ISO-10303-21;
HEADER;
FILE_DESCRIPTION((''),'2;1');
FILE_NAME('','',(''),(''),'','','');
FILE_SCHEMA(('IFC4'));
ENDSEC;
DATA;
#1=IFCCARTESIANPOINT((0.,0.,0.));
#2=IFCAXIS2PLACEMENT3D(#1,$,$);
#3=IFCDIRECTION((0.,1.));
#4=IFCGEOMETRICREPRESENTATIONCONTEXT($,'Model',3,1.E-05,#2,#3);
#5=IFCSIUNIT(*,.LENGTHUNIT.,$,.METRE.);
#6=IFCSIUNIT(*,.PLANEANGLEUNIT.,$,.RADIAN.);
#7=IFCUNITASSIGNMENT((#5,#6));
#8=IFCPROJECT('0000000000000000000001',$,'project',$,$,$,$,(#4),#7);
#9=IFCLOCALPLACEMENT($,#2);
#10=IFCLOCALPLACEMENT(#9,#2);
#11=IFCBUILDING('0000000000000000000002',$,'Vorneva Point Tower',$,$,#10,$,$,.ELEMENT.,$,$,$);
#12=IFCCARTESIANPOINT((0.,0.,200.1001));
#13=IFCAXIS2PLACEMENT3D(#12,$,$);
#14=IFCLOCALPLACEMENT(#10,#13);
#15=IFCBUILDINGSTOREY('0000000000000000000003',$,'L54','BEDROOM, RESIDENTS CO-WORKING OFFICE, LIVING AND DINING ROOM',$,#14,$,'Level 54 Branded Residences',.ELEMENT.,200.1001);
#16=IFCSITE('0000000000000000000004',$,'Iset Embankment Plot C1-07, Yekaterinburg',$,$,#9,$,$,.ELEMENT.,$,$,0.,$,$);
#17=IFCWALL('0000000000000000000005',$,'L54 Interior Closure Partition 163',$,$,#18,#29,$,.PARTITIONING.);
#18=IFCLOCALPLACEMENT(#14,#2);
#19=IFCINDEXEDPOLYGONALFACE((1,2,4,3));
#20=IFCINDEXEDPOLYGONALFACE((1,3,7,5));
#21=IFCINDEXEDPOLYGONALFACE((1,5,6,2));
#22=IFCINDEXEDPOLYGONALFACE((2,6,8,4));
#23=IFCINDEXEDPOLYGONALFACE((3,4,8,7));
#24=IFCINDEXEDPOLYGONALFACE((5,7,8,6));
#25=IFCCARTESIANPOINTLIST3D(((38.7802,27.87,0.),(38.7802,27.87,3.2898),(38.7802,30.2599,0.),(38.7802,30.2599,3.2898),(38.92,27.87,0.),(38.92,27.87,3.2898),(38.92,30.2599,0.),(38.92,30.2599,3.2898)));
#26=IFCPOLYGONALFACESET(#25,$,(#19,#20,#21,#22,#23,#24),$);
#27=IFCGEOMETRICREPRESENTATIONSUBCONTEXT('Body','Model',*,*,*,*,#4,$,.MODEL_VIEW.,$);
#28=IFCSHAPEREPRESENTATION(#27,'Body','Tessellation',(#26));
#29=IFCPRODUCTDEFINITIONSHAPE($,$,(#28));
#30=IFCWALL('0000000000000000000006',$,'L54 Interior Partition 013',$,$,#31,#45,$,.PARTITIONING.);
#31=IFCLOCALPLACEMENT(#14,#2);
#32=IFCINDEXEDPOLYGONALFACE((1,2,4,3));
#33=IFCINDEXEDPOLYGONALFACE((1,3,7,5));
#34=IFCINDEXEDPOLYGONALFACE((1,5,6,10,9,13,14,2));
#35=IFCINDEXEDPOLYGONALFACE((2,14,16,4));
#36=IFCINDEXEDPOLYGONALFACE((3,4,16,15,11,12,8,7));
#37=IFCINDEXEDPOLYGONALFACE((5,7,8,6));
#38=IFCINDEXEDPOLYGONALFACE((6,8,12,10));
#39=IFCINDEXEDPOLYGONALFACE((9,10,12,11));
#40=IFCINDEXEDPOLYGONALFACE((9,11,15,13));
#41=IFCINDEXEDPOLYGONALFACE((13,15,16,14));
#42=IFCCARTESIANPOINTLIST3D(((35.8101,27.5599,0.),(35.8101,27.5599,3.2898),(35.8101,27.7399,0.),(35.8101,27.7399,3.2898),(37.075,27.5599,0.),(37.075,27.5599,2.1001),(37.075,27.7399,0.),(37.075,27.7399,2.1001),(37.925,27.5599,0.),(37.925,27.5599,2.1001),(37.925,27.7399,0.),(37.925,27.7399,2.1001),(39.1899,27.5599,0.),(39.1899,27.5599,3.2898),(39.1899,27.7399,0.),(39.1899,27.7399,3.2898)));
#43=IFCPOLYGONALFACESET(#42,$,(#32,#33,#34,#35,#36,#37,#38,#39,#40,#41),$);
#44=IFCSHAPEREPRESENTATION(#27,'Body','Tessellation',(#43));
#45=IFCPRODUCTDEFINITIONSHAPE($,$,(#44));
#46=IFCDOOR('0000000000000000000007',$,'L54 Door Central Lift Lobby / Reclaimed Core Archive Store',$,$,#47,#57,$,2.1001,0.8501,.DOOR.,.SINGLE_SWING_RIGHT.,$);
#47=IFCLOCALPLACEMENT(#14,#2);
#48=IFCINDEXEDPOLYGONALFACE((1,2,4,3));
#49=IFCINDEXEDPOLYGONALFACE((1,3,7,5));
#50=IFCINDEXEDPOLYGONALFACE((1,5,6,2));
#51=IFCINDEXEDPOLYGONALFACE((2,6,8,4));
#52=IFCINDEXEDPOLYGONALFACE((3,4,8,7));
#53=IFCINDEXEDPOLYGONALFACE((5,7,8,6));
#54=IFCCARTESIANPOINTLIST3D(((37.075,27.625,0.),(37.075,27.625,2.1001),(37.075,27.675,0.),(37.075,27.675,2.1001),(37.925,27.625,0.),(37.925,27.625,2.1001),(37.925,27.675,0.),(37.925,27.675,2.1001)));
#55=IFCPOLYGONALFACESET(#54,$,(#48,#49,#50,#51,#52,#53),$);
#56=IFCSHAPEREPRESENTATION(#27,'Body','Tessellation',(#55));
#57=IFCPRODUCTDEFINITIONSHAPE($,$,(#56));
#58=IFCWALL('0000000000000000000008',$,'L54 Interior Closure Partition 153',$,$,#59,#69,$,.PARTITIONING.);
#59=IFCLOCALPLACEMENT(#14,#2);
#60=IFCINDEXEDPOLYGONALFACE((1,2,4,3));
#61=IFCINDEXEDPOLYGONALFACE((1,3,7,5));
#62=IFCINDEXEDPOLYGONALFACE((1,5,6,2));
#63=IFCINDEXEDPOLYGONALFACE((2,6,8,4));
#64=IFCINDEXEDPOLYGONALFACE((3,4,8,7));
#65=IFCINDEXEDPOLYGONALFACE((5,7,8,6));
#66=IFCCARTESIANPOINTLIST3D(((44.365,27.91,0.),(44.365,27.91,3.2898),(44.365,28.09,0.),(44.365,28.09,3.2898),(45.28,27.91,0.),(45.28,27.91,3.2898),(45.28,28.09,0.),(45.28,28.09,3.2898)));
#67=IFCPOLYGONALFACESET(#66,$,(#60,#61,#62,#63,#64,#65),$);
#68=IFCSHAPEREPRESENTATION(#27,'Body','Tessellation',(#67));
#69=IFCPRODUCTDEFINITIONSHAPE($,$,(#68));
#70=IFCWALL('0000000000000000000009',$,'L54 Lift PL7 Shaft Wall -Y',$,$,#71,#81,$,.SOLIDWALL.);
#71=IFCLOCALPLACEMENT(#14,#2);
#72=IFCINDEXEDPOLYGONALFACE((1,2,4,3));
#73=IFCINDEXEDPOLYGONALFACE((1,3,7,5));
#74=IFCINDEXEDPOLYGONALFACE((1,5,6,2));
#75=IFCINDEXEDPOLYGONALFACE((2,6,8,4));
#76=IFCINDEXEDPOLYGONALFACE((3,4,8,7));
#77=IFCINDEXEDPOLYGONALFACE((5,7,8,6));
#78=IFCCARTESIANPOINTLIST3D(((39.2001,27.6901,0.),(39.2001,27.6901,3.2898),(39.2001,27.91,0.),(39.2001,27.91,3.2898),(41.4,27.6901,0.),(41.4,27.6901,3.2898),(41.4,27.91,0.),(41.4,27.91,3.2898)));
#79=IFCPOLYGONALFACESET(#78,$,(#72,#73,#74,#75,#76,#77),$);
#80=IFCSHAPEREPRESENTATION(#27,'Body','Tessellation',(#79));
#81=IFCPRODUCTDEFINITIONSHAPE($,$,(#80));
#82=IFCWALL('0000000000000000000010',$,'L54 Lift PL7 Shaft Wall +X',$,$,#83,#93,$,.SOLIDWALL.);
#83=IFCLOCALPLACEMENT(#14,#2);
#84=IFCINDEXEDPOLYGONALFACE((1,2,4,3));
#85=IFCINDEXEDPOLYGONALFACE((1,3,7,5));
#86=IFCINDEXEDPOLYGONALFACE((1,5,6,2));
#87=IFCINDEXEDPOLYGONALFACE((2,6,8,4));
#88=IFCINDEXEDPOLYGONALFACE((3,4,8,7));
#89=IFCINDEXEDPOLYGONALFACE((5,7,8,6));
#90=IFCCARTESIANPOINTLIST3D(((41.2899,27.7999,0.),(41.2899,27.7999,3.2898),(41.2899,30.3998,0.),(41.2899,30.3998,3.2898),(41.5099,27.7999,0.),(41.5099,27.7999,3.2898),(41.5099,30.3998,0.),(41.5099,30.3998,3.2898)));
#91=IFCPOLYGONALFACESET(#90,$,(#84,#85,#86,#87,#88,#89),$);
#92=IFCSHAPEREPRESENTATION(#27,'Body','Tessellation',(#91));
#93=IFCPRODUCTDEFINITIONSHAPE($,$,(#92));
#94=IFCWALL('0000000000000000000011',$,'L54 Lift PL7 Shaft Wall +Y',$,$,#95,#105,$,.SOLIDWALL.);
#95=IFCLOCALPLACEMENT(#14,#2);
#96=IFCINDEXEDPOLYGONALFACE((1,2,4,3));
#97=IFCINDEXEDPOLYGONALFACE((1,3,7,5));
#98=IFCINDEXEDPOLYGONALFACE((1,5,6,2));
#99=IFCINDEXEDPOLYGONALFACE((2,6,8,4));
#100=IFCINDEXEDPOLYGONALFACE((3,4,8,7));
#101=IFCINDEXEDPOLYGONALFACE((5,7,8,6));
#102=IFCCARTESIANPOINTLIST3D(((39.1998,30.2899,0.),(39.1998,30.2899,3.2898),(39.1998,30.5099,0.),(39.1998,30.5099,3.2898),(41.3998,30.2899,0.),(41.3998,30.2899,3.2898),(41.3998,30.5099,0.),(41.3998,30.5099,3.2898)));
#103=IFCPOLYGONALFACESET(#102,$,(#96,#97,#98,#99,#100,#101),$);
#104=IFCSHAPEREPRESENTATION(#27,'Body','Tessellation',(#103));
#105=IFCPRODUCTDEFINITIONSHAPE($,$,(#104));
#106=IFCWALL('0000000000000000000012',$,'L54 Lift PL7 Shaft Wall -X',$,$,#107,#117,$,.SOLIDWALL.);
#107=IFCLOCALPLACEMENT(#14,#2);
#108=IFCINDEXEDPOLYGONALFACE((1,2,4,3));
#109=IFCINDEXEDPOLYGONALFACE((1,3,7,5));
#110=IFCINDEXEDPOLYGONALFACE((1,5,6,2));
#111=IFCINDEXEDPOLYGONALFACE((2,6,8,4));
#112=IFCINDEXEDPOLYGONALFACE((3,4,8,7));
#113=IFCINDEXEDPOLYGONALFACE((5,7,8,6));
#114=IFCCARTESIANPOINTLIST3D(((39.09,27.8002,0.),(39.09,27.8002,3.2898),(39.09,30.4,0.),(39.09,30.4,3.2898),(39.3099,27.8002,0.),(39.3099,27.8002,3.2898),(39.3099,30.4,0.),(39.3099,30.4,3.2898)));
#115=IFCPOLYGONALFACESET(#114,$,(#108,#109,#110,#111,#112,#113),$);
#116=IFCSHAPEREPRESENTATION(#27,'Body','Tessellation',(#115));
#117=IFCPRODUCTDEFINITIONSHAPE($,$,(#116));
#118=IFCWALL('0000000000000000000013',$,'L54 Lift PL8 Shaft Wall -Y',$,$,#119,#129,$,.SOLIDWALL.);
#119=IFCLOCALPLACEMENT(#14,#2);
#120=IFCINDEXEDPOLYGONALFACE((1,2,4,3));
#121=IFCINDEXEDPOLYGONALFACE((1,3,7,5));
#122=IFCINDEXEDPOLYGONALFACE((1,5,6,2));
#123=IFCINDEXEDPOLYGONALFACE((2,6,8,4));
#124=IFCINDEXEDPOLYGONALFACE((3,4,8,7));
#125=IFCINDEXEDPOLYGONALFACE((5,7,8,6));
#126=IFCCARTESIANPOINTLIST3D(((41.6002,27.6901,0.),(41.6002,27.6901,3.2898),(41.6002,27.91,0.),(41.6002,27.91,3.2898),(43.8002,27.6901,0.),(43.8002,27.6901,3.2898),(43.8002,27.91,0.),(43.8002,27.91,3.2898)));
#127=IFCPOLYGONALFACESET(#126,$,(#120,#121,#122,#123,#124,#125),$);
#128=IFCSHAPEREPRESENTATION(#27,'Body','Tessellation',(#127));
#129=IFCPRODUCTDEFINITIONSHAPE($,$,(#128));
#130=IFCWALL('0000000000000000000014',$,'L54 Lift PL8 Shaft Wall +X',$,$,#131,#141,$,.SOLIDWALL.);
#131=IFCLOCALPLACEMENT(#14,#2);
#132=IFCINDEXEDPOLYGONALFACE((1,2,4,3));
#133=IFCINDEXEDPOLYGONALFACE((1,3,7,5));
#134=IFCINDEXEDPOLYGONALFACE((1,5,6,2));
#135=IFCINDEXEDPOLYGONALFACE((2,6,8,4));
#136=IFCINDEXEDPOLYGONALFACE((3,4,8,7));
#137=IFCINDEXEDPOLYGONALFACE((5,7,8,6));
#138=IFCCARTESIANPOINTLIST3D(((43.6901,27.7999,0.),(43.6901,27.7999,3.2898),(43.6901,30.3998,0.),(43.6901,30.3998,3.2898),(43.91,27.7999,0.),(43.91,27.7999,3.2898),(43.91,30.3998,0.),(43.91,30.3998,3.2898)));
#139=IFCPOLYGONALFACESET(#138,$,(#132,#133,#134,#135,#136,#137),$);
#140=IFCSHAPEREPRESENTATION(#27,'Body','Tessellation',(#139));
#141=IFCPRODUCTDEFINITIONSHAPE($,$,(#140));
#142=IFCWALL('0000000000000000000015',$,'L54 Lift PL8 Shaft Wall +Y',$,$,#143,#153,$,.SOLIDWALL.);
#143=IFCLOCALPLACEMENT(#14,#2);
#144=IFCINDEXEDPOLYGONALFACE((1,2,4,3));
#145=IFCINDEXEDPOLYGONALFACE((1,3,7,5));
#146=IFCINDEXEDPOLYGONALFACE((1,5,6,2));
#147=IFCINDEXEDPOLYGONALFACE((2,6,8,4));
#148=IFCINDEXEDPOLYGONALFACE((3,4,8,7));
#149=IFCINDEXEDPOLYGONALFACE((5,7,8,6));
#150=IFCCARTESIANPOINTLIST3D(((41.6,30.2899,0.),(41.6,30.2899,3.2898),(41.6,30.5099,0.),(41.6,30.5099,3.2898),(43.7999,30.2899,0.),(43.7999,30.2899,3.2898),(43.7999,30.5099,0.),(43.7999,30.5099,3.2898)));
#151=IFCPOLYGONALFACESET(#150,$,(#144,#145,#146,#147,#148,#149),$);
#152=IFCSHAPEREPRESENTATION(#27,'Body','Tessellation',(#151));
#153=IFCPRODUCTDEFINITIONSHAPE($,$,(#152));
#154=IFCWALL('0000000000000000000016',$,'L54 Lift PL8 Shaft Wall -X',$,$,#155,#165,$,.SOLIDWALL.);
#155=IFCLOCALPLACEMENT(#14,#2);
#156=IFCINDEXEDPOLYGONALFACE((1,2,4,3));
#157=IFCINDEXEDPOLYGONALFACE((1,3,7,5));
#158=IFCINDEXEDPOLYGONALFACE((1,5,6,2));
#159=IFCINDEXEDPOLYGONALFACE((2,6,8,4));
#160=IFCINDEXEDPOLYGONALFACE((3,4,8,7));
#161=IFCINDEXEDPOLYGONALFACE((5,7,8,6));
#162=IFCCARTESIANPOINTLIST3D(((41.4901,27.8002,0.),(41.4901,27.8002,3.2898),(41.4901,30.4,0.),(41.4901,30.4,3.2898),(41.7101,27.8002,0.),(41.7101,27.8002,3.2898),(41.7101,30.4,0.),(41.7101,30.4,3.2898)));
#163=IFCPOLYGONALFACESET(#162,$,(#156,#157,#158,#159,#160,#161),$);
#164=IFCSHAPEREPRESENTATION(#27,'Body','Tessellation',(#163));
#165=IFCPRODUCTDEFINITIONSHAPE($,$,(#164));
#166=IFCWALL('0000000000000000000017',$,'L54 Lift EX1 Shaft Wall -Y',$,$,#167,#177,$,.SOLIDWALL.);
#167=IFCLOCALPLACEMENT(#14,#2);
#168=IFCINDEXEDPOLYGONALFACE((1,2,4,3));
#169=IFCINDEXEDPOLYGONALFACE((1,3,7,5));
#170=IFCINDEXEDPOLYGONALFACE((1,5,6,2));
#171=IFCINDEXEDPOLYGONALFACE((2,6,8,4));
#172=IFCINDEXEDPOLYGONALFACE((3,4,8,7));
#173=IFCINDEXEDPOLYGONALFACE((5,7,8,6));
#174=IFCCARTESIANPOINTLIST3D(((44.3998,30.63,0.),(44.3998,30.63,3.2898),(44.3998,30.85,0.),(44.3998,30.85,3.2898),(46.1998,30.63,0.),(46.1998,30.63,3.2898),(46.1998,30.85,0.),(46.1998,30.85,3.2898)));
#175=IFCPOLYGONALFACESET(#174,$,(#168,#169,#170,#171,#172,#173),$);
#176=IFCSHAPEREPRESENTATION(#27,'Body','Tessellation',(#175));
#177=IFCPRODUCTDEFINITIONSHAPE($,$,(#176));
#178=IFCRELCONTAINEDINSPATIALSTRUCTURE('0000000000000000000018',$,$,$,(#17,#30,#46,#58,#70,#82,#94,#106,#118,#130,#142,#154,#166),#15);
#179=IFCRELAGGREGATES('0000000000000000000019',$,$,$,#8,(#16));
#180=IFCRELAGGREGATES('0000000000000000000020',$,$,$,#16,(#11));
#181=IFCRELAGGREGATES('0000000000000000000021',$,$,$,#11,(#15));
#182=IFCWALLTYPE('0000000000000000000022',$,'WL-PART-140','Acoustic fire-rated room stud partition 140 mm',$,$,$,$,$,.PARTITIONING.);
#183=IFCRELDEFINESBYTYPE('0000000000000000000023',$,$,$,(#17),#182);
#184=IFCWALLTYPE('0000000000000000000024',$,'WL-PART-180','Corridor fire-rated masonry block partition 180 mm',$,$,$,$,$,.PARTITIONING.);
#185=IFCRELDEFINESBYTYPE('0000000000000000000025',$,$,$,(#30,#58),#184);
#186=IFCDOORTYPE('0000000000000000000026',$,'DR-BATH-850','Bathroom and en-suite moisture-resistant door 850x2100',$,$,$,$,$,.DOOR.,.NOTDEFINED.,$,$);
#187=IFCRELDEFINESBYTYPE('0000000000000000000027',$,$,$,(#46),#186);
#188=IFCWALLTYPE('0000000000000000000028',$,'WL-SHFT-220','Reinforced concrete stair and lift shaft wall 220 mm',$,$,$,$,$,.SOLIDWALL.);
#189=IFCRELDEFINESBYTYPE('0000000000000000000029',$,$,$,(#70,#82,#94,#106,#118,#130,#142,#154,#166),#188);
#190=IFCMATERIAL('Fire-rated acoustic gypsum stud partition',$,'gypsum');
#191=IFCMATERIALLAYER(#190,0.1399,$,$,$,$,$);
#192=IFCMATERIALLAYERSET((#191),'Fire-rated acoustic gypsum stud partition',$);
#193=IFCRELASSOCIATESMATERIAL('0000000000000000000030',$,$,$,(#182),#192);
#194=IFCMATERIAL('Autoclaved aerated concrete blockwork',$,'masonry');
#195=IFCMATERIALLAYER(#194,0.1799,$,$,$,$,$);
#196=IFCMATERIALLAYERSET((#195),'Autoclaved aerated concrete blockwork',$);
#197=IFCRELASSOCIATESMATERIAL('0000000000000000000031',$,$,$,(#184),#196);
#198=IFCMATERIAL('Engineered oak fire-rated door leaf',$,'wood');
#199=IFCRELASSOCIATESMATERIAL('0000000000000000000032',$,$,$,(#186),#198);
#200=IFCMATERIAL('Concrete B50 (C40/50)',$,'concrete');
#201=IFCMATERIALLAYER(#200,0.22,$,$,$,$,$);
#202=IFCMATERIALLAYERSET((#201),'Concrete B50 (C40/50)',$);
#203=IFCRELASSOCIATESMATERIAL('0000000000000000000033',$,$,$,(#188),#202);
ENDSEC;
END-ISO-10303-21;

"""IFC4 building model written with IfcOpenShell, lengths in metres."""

from ifc_helpers import new_model, si_unit, direction, frame, frame_2d, origin, place, context, subcontext, project, spatial, rectangle, extrude, material, layer, layer_set, type_object, element, fill, save


model = new_model("IFC4")

# Units and contexts
model_context = context("Model", 3, precision=1e-05, world=origin(), true_north=direction((0.0, 1.0)))
body_context = subcontext(model_context, "Body", "Model", "MODEL_VIEW")
ifc_project = project(units=[si_unit("LENGTHUNIT", "METRE"), si_unit("PLANEANGLEUNIT", "RADIAN")], contexts=[model_context])

# Site, building, storey
site_placement = place(None, origin())
site = spatial("IfcSite", under=ifc_project, at=site_placement, Name="Iset Embankment Plot C1-07, Yekaterinburg", CompositionType="ELEMENT", RefElevation=0.0)
building_placement = place(site_placement, origin())
building = spatial("IfcBuilding", under=site, at=building_placement, Name="Vorneva Point Tower", CompositionType="ELEMENT")
storey_placement = place(building_placement, frame((0.0, 0.0, 200.1001)))
storey = spatial("IfcBuildingStorey", under=building, at=storey_placement, Name="L54", Description="BEDROOM, RESIDENTS CO-WORKING OFFICE, LIVING AND DINING ROOM", LongName="Level 54 Branded Residences", CompositionType="ELEMENT", Elevation=200.1001)

# Shared definitions
ifc_material_1 = material(Name="Concrete B50 (C40/50)", Category="concrete")

# Wall
ifc_material_2 = material(Name="Fire-rated acoustic gypsum stud partition", Category="gypsum")
ifc_layer_1 = layer(ifc_material_2, 0.1399)
ifc_layer_set_1 = layer_set([ifc_layer_1], Name="Fire-rated acoustic gypsum stud partition")
wall_type_1 = type_object("IfcWallType", Name="WL-PART-140", Description="Acoustic fire-rated room stud partition 140 mm", PredefinedType="PARTITIONING", material=ifc_layer_set_1)
wall_1_placement = place(storey_placement, frame((38.8501, 27.8701, 0.0), z_axis=(0.0, 0.0, 1.0), x_axis=(0.0, 1.0, 0.0)))
element("IfcWall", 1, at=wall_1_placement, inside=storey, type_object=wall_type_1, Name="L54 Interior Closure Partition 163", PredefinedType="PARTITIONING", context=body_context, shape_type="SweptSolid", body=[
    extrude(rectangle(XDim=2.3899, YDim=0.1399, at=frame_2d((1.1948, 0.0))), origin(), (0.0, 0.0, 1.0), 3.2898),
])

# Wall, opening, door
ifc_material_3 = material(Name="Autoclaved aerated concrete blockwork", Category="masonry")
ifc_layer_2 = layer(ifc_material_3, 0.1799)
ifc_layer_set_2 = layer_set([ifc_layer_2], Name="Autoclaved aerated concrete blockwork")
wall_type_2 = type_object("IfcWallType", Name="WL-PART-180", Description="Corridor fire-rated masonry block partition 180 mm", PredefinedType="PARTITIONING", material=ifc_layer_set_2)
ifc_material_4 = material(Name="Engineered oak fire-rated door leaf", Category="wood")
wall_2_placement = place(storey_placement, frame((39.1899, 27.6499, 0.0), z_axis=(0.0, 0.0, 1.0), x_axis=(-1.0, 0.0, 0.0)))
wall_2 = element("IfcWall", 2, at=wall_2_placement, inside=storey, type_object=wall_type_2, Name="L54 Interior Partition 013", PredefinedType="PARTITIONING", context=body_context, shape_type="SweptSolid", body=[
    extrude(rectangle(XDim=3.3799, YDim=0.1799, at=frame_2d((1.6899, 0.0))), origin(), (0.0, 0.0, 1.0), 3.2898),
])
opening_1_placement = place(wall_2_placement, frame((1.2649, 0.0, 0.0)))
opening_1 = element("IfcOpeningElement", 3, at=opening_1_placement, cuts=wall_2, PredefinedType="OPENING", context=body_context, shape_type="SweptSolid", body=[
    extrude(rectangle(XDim=0.8501, YDim=2.1001, at=frame_2d((0.425, 1.05))), frame((0.0, 0.105, 0.0), z_axis=(0.0, -1.0, 0.0), x_axis=(1.0, 0.0, 0.0)), (0.0, 0.0, 1.0), 0.2097),
])
door_type_1 = type_object("IfcDoorType", Name="DR-BATH-850", Description="Bathroom and en-suite moisture-resistant door 850x2100", OperationType="NOTDEFINED", PredefinedType="DOOR", material=ifc_material_4)
door_1_placement = place(opening_1_placement, origin())
door_1 = element("IfcDoor", 4, at=door_1_placement, inside=storey, type_object=door_type_1, Name="L54 Door Central Lift Lobby / Reclaimed Core Archive Store", OperationType="SINGLE_SWING_RIGHT", OverallHeight=2.1001, OverallWidth=0.8501, PredefinedType="DOOR", context=body_context, shape_type="SweptSolid", body=[
    extrude(rectangle(XDim=0.8501, YDim=2.1001, at=frame_2d((0.425, 1.05))), frame((0.0, 0.0249, 0.0), z_axis=(0.0, -1.0, 0.0), x_axis=(1.0, 0.0, 0.0)), (0.0, 0.0, 1.0), 0.05),
])
fill(opening_1, door_1)

# Walls
wall_3_placement = place(storey_placement, frame((45.28, 28.0, 0.0), z_axis=(0.0, 0.0, 1.0), x_axis=(-1.0, 0.0, 0.0)))
element("IfcWall", 5, at=wall_3_placement, inside=storey, type_object=wall_type_2, Name="L54 Interior Closure Partition 153", PredefinedType="PARTITIONING", context=body_context, shape_type="SweptSolid", body=[
    extrude(rectangle(XDim=0.915, YDim=0.1799, at=frame_2d((0.4575, 0.0))), origin(), (0.0, 0.0, 1.0), 3.2898),
])
ifc_layer_3 = layer(ifc_material_1, 0.22)
ifc_layer_set_3 = layer_set([ifc_layer_3], Name="Concrete B50 (C40/50)")
wall_type_3 = type_object("IfcWallType", Name="WL-SHFT-220", Description="Reinforced concrete stair and lift shaft wall 220 mm", PredefinedType="SOLIDWALL", material=ifc_layer_set_3)
wall_4_placement = place(storey_placement, frame((39.2, 27.8, 0.0), z_axis=(0.0, 0.0, 1.0), x_axis=(1.0, 0.0, 0.0)))
element("IfcWall", 6, at=wall_4_placement, inside=storey, type_object=wall_type_3, Name="L54 Lift PL7 Shaft Wall -Y", PredefinedType="SOLIDWALL", context=body_context, shape_type="SweptSolid", body=[
    extrude(rectangle(XDim=2.2, YDim=0.22, at=frame_2d((1.1001, 0.0))), origin(), (0.0, 0.0, 1.0), 3.2898),
])
wall_5_placement = place(storey_placement, frame((41.3999, 27.8, 0.0), z_axis=(0.0, 0.0, 1.0), x_axis=(0.0, 1.0, 0.0)))
element("IfcWall", 7, at=wall_5_placement, inside=storey, type_object=wall_type_3, Name="L54 Lift PL7 Shaft Wall +X", PredefinedType="SOLIDWALL", context=body_context, shape_type="SweptSolid", body=[
    extrude(rectangle(XDim=2.5999, YDim=0.22, at=frame_2d((1.2998, 0.0))), origin(), (0.0, 0.0, 1.0), 3.2898),
])
wall_6_placement = place(storey_placement, frame((41.3999, 30.3999, 0.0), z_axis=(0.0, 0.0, 1.0), x_axis=(-1.0, 0.0, 0.0)))
element("IfcWall", 8, at=wall_6_placement, inside=storey, type_object=wall_type_3, Name="L54 Lift PL7 Shaft Wall +Y", PredefinedType="SOLIDWALL", context=body_context, shape_type="SweptSolid", body=[
    extrude(rectangle(XDim=2.2, YDim=0.22, at=frame_2d((1.1001, 0.0))), origin(), (0.0, 0.0, 1.0), 3.2898),
])
wall_7_placement = place(storey_placement, frame((39.2, 30.3999, 0.0), z_axis=(0.0, 0.0, 1.0), x_axis=(0.0, -1.0, 0.0)))
element("IfcWall", 9, at=wall_7_placement, inside=storey, type_object=wall_type_3, Name="L54 Lift PL7 Shaft Wall -X", PredefinedType="SOLIDWALL", context=body_context, shape_type="SweptSolid", body=[
    extrude(rectangle(XDim=2.5999, YDim=0.22, at=frame_2d((1.2998, 0.0))), origin(), (0.0, 0.0, 1.0), 3.2898),
])
wall_8_placement = place(storey_placement, frame((41.6001, 27.8, 0.0), z_axis=(0.0, 0.0, 1.0), x_axis=(1.0, 0.0, 0.0)))
element("IfcWall", 10, at=wall_8_placement, inside=storey, type_object=wall_type_3, Name="L54 Lift PL8 Shaft Wall -Y", PredefinedType="SOLIDWALL", context=body_context, shape_type="SweptSolid", body=[
    extrude(rectangle(XDim=2.2, YDim=0.22, at=frame_2d((1.1001, 0.0))), origin(), (0.0, 0.0, 1.0), 3.2898),
])
wall_9_placement = place(storey_placement, frame((43.8, 27.8, 0.0), z_axis=(0.0, 0.0, 1.0), x_axis=(0.0, 1.0, 0.0)))
element("IfcWall", 11, at=wall_9_placement, inside=storey, type_object=wall_type_3, Name="L54 Lift PL8 Shaft Wall +X", PredefinedType="SOLIDWALL", context=body_context, shape_type="SweptSolid", body=[
    extrude(rectangle(XDim=2.5999, YDim=0.22, at=frame_2d((1.2998, 0.0))), origin(), (0.0, 0.0, 1.0), 3.2898),
])
wall_10_placement = place(storey_placement, frame((43.8, 30.3999, 0.0), z_axis=(0.0, 0.0, 1.0), x_axis=(-1.0, 0.0, 0.0)))
element("IfcWall", 12, at=wall_10_placement, inside=storey, type_object=wall_type_3, Name="L54 Lift PL8 Shaft Wall +Y", PredefinedType="SOLIDWALL", context=body_context, shape_type="SweptSolid", body=[
    extrude(rectangle(XDim=2.2, YDim=0.22, at=frame_2d((1.1001, 0.0))), origin(), (0.0, 0.0, 1.0), 3.2898),
])
wall_11_placement = place(storey_placement, frame((41.6001, 30.3999, 0.0), z_axis=(0.0, 0.0, 1.0), x_axis=(0.0, -1.0, 0.0)))
element("IfcWall", 13, at=wall_11_placement, inside=storey, type_object=wall_type_3, Name="L54 Lift PL8 Shaft Wall -X", PredefinedType="SOLIDWALL", context=body_context, shape_type="SweptSolid", body=[
    extrude(rectangle(XDim=2.5999, YDim=0.22, at=frame_2d((1.2998, 0.0))), origin(), (0.0, 0.0, 1.0), 3.2898),
])
wall_12_placement = place(storey_placement, frame((44.3999, 30.74, 0.0), z_axis=(0.0, 0.0, 1.0), x_axis=(1.0, 0.0, 0.0)))
element("IfcWall", 14, at=wall_12_placement, inside=storey, type_object=wall_type_3, Name="L54 Lift EX1 Shaft Wall -Y", PredefinedType="SOLIDWALL", context=body_context, shape_type="SweptSolid", body=[
    extrude(rectangle(XDim=1.8, YDim=0.22, at=frame_2d((0.8999, 0.0))), origin(), (0.0, 0.0, 1.0), 3.2898),
])

save(model, "model.ifc")
